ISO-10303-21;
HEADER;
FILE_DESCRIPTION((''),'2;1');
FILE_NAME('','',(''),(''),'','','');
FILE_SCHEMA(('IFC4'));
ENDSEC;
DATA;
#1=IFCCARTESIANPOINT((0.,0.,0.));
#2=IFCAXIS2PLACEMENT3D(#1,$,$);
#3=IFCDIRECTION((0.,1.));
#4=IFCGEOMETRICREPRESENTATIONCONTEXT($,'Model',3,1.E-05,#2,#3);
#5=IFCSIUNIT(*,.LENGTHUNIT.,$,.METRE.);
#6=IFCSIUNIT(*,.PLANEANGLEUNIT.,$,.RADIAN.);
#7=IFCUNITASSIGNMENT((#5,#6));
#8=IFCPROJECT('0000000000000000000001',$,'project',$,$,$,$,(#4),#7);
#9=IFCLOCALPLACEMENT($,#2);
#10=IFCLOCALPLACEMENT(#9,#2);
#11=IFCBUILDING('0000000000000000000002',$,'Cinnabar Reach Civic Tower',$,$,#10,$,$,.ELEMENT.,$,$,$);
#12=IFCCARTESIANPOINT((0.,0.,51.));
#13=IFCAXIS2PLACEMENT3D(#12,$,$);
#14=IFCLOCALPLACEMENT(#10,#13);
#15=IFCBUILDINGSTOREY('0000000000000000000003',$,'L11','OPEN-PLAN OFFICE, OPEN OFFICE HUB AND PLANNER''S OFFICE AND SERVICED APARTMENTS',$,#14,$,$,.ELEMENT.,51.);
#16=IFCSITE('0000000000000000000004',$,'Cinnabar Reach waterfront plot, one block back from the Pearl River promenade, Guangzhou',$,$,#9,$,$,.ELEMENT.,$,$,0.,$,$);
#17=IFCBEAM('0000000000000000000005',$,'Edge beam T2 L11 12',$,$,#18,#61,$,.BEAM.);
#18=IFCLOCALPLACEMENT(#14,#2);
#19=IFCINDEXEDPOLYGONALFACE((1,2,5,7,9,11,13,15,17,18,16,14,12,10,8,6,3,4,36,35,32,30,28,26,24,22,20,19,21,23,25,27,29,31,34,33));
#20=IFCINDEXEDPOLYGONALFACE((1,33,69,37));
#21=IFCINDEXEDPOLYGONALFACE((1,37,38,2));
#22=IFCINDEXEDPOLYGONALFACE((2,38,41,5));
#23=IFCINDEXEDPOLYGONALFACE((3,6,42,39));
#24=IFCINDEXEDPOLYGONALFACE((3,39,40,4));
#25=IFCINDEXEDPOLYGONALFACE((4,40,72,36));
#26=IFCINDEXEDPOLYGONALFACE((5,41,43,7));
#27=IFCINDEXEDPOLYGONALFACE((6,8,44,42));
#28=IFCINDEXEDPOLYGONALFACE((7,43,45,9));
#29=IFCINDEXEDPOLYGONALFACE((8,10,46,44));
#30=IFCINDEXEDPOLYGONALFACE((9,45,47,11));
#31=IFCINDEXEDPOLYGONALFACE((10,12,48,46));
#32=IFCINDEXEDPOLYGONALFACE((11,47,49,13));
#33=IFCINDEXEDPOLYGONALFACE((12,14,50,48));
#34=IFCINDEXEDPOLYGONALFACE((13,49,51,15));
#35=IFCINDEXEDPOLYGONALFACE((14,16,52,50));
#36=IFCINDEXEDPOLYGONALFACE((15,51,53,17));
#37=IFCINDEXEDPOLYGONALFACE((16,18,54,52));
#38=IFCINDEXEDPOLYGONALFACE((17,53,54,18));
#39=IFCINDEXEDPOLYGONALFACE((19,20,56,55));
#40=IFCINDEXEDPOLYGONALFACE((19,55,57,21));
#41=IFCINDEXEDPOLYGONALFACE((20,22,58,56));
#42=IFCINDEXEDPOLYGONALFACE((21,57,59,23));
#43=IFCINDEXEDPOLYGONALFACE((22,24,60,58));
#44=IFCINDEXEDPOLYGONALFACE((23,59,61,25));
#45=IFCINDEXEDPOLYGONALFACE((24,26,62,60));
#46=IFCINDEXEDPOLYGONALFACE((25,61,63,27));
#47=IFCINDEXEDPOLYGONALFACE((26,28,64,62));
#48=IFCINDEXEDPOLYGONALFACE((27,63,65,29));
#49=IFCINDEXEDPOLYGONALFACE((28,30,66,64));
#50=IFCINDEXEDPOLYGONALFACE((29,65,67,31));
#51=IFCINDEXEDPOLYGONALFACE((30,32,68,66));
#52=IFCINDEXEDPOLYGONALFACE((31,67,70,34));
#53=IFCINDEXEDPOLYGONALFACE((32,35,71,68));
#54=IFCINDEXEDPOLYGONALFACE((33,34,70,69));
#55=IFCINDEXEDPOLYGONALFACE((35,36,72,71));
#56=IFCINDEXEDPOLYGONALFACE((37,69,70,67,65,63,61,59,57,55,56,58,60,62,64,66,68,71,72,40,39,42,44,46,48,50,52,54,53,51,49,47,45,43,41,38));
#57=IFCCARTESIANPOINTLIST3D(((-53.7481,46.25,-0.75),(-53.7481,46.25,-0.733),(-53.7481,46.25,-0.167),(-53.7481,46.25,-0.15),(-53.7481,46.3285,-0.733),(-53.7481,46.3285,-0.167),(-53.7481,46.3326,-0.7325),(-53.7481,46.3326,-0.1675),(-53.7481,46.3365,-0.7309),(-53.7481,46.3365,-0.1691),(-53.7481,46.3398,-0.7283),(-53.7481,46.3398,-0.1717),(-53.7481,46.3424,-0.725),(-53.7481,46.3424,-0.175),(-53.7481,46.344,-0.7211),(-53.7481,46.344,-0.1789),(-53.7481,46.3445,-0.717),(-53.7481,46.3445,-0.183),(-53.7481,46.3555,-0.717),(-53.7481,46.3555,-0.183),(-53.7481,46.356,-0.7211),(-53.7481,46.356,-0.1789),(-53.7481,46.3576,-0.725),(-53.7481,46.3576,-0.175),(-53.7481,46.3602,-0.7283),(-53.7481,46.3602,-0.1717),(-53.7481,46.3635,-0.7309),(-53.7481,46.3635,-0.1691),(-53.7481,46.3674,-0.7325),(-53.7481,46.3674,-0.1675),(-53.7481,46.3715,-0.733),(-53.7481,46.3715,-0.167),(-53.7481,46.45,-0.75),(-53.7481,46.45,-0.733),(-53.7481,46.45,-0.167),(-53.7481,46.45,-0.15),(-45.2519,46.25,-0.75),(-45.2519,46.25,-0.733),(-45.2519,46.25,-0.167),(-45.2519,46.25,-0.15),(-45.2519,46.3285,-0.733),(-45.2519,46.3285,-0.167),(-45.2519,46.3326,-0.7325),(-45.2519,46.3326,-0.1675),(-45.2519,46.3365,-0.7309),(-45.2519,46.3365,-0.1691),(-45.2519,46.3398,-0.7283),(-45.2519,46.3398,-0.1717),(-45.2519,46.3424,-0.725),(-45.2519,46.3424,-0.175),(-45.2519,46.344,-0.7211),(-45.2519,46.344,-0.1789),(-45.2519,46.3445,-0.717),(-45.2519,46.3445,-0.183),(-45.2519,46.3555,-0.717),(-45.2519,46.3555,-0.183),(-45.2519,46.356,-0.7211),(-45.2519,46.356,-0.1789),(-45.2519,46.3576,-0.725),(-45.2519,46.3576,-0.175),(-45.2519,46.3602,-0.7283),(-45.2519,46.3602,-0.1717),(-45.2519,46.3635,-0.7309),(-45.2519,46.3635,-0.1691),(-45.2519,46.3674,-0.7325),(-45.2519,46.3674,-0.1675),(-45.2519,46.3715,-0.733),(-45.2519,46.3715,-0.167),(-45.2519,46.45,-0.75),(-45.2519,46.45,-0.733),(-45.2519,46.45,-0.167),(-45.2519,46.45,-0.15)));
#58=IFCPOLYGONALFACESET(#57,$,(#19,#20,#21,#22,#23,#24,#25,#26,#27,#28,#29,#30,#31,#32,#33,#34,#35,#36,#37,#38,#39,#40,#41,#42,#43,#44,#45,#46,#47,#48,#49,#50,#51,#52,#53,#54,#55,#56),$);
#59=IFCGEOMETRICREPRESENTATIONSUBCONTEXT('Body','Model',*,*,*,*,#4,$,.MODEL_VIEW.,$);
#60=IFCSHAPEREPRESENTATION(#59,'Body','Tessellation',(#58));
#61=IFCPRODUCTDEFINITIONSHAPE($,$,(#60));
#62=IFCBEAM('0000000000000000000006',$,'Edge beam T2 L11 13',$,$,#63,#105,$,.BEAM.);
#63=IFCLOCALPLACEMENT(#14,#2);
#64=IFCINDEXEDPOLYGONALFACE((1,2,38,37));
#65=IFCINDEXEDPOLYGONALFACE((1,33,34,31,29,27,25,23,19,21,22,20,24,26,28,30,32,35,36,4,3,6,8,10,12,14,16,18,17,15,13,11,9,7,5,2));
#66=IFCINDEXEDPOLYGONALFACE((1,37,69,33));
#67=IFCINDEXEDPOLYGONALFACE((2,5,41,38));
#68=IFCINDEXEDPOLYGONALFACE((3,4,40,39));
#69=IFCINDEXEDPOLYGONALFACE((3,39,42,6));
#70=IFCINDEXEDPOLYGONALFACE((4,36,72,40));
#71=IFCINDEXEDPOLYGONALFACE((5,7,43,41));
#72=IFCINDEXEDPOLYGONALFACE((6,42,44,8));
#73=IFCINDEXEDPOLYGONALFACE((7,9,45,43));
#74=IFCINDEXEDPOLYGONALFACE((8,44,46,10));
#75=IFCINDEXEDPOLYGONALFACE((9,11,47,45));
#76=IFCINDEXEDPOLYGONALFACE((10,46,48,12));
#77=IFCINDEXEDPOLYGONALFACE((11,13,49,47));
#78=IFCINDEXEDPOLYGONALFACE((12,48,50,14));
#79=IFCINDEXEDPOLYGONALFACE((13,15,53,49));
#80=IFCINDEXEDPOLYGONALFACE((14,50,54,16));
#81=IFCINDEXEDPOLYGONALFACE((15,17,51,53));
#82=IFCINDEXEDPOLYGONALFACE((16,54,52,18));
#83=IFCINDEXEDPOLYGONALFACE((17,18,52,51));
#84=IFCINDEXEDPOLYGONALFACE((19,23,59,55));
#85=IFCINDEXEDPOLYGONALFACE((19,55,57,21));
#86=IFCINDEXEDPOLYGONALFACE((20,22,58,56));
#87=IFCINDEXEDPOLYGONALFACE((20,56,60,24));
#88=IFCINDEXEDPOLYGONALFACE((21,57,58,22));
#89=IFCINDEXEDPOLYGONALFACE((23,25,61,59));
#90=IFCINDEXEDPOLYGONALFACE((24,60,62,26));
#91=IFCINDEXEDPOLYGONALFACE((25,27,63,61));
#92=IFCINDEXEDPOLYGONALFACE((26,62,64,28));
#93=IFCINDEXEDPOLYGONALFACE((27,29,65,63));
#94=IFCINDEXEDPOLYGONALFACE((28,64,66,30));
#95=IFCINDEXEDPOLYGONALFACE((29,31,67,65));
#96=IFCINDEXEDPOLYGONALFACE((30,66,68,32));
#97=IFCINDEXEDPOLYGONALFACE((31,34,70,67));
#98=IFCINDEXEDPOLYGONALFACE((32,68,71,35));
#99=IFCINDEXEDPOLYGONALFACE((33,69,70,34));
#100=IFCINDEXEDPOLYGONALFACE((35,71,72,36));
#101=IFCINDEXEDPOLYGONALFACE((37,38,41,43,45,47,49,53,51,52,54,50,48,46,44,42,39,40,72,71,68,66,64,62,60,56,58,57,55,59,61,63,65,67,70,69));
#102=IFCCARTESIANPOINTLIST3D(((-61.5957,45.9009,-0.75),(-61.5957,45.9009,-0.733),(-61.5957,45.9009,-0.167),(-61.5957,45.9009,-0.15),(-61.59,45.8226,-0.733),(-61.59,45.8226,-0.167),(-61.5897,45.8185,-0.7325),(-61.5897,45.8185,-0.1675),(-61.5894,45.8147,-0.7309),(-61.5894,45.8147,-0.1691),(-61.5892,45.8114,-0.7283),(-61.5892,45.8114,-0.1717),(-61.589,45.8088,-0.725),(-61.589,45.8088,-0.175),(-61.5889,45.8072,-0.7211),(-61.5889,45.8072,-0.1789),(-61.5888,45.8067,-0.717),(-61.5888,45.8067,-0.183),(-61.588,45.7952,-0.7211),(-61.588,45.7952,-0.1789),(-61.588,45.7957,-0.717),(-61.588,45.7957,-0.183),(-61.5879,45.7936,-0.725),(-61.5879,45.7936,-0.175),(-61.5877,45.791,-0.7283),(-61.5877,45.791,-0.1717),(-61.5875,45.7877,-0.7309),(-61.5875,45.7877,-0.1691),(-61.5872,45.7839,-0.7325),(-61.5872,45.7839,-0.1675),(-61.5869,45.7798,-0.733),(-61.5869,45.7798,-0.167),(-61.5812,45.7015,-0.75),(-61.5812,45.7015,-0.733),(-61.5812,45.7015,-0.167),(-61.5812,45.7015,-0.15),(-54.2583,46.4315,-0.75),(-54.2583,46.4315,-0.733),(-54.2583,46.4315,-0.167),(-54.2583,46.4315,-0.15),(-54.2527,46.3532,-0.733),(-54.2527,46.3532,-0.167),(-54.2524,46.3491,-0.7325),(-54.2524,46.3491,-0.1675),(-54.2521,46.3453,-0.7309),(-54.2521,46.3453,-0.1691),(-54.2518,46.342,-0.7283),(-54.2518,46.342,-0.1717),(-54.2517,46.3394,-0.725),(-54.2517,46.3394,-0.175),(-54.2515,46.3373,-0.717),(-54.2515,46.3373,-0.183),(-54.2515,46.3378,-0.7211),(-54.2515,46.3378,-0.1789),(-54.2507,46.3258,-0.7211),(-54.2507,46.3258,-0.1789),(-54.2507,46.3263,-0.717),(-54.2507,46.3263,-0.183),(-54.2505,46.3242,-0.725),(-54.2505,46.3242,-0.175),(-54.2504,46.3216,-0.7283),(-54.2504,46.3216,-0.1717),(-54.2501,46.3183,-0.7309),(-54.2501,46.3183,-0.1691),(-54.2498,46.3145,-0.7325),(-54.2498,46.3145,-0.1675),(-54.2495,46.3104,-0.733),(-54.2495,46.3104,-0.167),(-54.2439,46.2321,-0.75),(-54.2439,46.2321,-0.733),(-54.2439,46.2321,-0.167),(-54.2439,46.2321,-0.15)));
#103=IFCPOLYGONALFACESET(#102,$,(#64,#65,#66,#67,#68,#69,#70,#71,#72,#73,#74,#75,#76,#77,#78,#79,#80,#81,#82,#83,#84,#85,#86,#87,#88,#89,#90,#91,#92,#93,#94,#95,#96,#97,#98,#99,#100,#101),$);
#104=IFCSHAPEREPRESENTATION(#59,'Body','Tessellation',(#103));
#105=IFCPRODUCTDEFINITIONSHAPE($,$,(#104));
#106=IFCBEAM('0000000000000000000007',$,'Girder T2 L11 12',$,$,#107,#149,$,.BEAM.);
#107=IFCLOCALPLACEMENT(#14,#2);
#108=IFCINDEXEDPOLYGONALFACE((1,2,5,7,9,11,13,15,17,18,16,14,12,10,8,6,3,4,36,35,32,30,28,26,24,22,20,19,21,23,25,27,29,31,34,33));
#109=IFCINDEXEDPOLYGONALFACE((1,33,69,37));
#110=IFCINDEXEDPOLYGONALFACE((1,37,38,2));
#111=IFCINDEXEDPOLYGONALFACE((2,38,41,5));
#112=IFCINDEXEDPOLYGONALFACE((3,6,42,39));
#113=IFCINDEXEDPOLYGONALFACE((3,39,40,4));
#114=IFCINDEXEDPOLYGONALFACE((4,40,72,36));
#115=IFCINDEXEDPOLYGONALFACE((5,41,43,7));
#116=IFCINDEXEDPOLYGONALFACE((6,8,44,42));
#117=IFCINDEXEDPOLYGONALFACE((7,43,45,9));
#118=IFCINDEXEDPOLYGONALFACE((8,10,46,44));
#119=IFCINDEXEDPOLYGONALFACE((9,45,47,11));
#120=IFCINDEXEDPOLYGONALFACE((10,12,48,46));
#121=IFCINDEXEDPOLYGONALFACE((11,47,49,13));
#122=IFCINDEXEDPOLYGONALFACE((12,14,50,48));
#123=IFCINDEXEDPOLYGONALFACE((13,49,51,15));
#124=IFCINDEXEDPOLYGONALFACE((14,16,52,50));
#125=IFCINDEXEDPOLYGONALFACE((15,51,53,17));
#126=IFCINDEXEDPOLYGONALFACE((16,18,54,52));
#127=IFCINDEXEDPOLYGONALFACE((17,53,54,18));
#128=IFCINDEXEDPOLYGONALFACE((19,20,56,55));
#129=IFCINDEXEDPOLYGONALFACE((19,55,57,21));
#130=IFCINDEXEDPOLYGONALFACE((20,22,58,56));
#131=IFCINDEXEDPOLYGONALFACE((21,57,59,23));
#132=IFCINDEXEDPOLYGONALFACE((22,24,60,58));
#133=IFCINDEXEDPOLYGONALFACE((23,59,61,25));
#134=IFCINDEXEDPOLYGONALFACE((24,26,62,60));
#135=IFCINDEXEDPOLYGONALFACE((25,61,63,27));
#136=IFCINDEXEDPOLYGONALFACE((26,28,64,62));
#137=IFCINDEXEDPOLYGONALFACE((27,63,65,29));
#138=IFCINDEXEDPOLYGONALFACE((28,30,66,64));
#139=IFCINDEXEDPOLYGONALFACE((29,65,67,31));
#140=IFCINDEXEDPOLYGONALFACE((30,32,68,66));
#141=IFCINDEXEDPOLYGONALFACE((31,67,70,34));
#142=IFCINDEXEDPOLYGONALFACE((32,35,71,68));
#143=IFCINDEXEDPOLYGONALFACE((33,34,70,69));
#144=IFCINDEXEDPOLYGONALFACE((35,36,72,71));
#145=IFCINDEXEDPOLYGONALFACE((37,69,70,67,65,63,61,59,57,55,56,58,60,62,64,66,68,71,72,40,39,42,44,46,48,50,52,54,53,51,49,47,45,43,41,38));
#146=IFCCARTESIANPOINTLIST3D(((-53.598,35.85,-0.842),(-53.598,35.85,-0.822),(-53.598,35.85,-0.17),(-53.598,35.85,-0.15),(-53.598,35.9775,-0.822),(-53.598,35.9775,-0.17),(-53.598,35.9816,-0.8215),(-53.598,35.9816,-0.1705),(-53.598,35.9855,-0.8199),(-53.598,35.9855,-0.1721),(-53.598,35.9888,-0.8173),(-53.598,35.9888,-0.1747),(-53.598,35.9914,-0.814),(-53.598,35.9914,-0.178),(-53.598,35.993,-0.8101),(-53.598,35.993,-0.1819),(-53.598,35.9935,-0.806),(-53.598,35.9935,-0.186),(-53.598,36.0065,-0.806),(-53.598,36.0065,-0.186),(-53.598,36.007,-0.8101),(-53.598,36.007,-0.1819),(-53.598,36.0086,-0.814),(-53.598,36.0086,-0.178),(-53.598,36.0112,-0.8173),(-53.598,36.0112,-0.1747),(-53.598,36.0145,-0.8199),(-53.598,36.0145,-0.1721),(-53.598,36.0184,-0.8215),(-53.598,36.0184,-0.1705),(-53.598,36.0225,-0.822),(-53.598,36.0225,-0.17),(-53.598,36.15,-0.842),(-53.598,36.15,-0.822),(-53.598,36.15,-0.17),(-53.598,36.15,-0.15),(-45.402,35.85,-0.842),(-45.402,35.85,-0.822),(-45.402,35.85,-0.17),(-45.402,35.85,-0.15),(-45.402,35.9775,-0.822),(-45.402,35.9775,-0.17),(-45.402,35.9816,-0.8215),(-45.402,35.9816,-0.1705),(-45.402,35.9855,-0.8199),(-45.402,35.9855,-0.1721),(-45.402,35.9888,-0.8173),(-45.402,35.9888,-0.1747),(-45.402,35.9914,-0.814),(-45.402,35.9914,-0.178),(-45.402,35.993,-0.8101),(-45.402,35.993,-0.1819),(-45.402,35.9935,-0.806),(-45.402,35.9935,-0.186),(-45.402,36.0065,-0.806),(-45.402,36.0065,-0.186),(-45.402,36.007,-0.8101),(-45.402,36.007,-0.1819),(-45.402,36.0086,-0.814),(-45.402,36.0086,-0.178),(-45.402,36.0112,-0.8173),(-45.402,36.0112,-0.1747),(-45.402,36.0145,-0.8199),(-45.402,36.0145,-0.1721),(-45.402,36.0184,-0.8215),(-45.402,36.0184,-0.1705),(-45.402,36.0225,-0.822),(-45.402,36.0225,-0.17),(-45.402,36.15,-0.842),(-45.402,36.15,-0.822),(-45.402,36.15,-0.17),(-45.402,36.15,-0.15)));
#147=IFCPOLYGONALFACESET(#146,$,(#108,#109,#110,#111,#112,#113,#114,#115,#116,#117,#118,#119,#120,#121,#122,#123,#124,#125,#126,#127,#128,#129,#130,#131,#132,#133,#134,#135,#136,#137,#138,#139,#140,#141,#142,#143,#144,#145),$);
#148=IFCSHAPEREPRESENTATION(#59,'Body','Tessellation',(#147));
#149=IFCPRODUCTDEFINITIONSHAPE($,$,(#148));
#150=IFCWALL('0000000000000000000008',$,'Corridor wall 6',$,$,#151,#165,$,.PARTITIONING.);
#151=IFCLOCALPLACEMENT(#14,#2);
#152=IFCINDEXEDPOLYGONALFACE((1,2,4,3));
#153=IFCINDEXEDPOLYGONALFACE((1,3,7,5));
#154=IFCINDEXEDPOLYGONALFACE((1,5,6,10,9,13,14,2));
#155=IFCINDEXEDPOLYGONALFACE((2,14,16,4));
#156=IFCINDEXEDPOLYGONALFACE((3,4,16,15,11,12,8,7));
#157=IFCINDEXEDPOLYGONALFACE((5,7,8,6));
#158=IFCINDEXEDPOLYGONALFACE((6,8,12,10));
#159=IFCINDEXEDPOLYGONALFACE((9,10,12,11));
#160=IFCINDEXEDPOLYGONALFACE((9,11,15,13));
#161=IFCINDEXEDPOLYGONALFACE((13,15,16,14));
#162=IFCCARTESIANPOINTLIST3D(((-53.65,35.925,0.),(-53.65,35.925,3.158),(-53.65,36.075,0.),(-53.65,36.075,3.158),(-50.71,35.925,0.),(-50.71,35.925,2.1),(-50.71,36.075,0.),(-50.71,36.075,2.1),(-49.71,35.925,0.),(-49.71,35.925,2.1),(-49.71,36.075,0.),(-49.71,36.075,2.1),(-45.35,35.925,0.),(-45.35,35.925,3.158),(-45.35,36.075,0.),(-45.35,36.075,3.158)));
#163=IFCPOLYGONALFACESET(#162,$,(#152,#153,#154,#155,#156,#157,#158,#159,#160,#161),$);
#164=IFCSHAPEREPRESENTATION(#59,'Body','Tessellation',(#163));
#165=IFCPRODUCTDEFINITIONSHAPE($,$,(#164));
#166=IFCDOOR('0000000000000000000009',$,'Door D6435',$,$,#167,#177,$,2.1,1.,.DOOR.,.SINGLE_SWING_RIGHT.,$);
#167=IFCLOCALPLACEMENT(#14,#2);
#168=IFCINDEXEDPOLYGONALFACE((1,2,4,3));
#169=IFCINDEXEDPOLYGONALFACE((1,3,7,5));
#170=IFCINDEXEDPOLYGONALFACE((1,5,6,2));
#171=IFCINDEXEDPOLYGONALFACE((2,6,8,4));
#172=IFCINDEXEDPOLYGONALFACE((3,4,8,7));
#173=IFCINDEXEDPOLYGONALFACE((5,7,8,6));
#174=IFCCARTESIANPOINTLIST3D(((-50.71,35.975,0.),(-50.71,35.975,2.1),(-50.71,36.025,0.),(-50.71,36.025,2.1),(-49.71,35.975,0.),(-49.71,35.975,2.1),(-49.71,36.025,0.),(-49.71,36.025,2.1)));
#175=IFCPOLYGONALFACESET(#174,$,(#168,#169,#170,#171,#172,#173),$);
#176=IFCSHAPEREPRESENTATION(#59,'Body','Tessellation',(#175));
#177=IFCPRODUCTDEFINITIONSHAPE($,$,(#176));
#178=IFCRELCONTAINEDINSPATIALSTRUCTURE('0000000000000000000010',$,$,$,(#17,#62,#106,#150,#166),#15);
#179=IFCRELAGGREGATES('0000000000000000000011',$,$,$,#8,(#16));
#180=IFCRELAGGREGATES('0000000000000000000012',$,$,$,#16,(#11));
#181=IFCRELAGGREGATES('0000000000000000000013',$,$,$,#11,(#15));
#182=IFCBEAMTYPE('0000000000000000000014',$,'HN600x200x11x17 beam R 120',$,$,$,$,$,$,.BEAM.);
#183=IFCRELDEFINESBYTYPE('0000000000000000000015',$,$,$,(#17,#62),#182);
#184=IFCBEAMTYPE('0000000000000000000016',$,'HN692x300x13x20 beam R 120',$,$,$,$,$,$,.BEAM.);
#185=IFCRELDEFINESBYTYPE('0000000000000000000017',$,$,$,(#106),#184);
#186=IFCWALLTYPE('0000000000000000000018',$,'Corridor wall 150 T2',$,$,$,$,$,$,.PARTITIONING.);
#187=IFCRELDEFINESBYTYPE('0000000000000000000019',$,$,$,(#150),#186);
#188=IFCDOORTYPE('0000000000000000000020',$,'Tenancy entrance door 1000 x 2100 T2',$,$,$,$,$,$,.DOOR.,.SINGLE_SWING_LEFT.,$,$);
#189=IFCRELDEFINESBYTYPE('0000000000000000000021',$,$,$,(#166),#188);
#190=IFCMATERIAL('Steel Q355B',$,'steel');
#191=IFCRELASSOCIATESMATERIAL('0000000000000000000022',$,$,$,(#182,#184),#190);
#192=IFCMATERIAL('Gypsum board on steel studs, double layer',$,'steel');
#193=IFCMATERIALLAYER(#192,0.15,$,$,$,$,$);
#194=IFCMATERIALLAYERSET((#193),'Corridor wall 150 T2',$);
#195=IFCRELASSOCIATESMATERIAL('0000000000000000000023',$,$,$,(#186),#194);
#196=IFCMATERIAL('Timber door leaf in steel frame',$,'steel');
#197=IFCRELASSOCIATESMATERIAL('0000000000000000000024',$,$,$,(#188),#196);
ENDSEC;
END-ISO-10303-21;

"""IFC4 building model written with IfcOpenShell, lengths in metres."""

from ifc_helpers import new_model, si_unit, direction, frame, frame_2d, origin, origin_2d, place, context, subcontext, project, spatial, rectangle, i_section, extrude, material, layer, layer_set, material_profile, profile_set, type_object, element, fill, save


model = new_model("IFC4")

# Units and contexts
model_context = context("Model", 3, precision=1e-05, world=origin(), true_north=direction((0.0, 1.0)))
body_context = subcontext(model_context, "Body", "Model", "MODEL_VIEW")
ifc_project = project(units=[si_unit("LENGTHUNIT", "METRE"), si_unit("PLANEANGLEUNIT", "RADIAN")], contexts=[model_context])

# Site, building, storey
site_placement = place(None, origin())
site = spatial("IfcSite", under=ifc_project, at=site_placement, Name="Cinnabar Reach waterfront plot, one block back from the Pearl River promenade, Guangzhou", CompositionType="ELEMENT", RefElevation=0.0)
building_placement = place(site_placement, origin())
building = spatial("IfcBuilding", under=site, at=building_placement, Name="Cinnabar Reach Civic Tower", CompositionType="ELEMENT")
storey_placement = place(building_placement, frame((0.0, 0.0, 51.0)))
storey = spatial("IfcBuildingStorey", under=building, at=storey_placement, Name="L11", Description="OPEN-PLAN OFFICE, OPEN OFFICE HUB AND PLANNER'S OFFICE AND SERVICED APARTMENTS", CompositionType="ELEMENT", Elevation=51.0)

# Beams
ifc_material_1 = material(Name="Steel Q355B", Category="steel")
ifc_material_profile_1 = material_profile(ifc_material_1, i_section(OverallWidth=0.2, OverallDepth=0.6, WebThickness=0.011, FlangeThickness=0.017, FilletRadius=0.016, at=origin_2d()), Name="HN600x200x11x17")
ifc_profile_set_1 = profile_set([ifc_material_profile_1], Name="Steel Q355B")
beam_type_1 = type_object("IfcBeamType", Name="HN600x200x11x17 beam R 120", PredefinedType="BEAM", material=ifc_profile_set_1)
beam_1_placement = place(storey_placement, frame((-45.2519, 46.35, -0.45), z_axis=(-1.0, 0.0, 0.0), x_axis=(0.0, -1.0, 0.0)))
element("IfcBeam", 1, at=beam_1_placement, inside=storey, type_object=beam_type_1, Name="Edge beam T2 L11 12", PredefinedType="BEAM", context=body_context, shape_type="SweptSolid", body=[
    extrude(i_section(OverallWidth=0.2, OverallDepth=0.6, WebThickness=0.011, FlangeThickness=0.017, FilletRadius=0.016, at=origin_2d()), origin(), (0.0, 0.0, 1.0), 8.4962),
])
beam_2_placement = place(storey_placement, frame((-54.2511, 46.3318, -0.45), z_axis=(-0.997395, -0.072127, 0.0), x_axis=(0.072127, -0.997395, 0.0)))
element("IfcBeam", 2, at=beam_2_placement, inside=storey, type_object=beam_type_1, Name="Edge beam T2 L11 13", PredefinedType="BEAM", context=body_context, shape_type="SweptSolid", body=[
    extrude(i_section(OverallWidth=0.2, OverallDepth=0.6, WebThickness=0.011, FlangeThickness=0.017, FilletRadius=0.016, at=origin_2d()), origin(), (0.0, 0.0, 1.0), 7.3565),
])
ifc_material_profile_2 = material_profile(ifc_material_1, i_section(OverallWidth=0.3, OverallDepth=0.692, WebThickness=0.013, FlangeThickness=0.02, FilletRadius=0.016, at=origin_2d()), Name="HN692x300x13x20")
ifc_profile_set_2 = profile_set([ifc_material_profile_2], Name="Steel Q355B")
beam_type_2 = type_object("IfcBeamType", Name="HN692x300x13x20 beam R 120", PredefinedType="BEAM", material=ifc_profile_set_2)
beam_3_placement = place(storey_placement, frame((-53.598, 36.0, -0.496), z_axis=(1.0, 0.0, 0.0), x_axis=(0.0, 1.0, 0.0)))
element("IfcBeam", 3, at=beam_3_placement, inside=storey, type_object=beam_type_2, Name="Girder T2 L11 12", PredefinedType="BEAM", context=body_context, shape_type="SweptSolid", body=[
    extrude(i_section(OverallWidth=0.3, OverallDepth=0.692, WebThickness=0.013, FlangeThickness=0.02, FilletRadius=0.016, at=origin_2d()), origin(), (0.0, 0.0, 1.0), 8.196),
])

# Wall, opening, door
ifc_material_2 = material(Name="Gypsum board on steel studs, double layer", Category="steel")
ifc_layer_1 = layer(ifc_material_2, 0.15)
ifc_layer_set_1 = layer_set([ifc_layer_1], Name="Corridor wall 150 T2")
wall_type_1 = type_object("IfcWallType", Name="Corridor wall 150 T2", PredefinedType="PARTITIONING", material=ifc_layer_set_1)
wall_1_placement = place(storey_placement, frame((-53.65, 36.0, 0.0), z_axis=(0.0, 0.0, 1.0), x_axis=(1.0, 0.0, 0.0)))
wall_1 = element("IfcWall", 4, at=wall_1_placement, inside=storey, type_object=wall_type_1, Name="Corridor wall 6", PredefinedType="PARTITIONING", context=body_context, shape_type="SweptSolid", body=[
    extrude(rectangle(XDim=8.3, YDim=0.15, at=frame_2d((4.15, 0.0))), origin(), (0.0, 0.0, 1.0), 3.158),
])
opening_1_placement = place(wall_1_placement, frame((2.94, 0.0, 0.0)))
opening_1 = element("IfcOpeningElement", 5, at=opening_1_placement, cuts=wall_1, PredefinedType="OPENING", context=body_context, shape_type="SweptSolid", body=[
    extrude(rectangle(XDim=1.0, YDim=2.1, at=frame_2d((0.5, 1.05))), frame((0.0, 0.085, 0.0), z_axis=(0.0, -1.0, 0.0), x_axis=(1.0, 0.0, 0.0)), (0.0, 0.0, 1.0), 0.17),
])
ifc_material_3 = material(Name="Timber door leaf in steel frame", Category="steel")
door_type_1 = type_object("IfcDoorType", Name="Tenancy entrance door 1000 x 2100 T2", OperationType="SINGLE_SWING_LEFT", PredefinedType="DOOR", material=ifc_material_3)
door_1_placement = place(opening_1_placement, origin())
door_1 = element("IfcDoor", 6, at=door_1_placement, inside=storey, type_object=door_type_1, Name="Door D6435", OperationType="SINGLE_SWING_RIGHT", OverallHeight=2.1, OverallWidth=1.0, PredefinedType="DOOR", context=body_context, shape_type="SweptSolid", body=[
    extrude(rectangle(XDim=1.0, YDim=2.1, at=frame_2d((0.5, 1.05))), frame((0.0, 0.025, 0.0), z_axis=(0.0, -1.0, 0.0), x_axis=(1.0, 0.0, 0.0)), (0.0, 0.0, 1.0), 0.05),
])
fill(opening_1, door_1)

save(model, "model.ifc")
